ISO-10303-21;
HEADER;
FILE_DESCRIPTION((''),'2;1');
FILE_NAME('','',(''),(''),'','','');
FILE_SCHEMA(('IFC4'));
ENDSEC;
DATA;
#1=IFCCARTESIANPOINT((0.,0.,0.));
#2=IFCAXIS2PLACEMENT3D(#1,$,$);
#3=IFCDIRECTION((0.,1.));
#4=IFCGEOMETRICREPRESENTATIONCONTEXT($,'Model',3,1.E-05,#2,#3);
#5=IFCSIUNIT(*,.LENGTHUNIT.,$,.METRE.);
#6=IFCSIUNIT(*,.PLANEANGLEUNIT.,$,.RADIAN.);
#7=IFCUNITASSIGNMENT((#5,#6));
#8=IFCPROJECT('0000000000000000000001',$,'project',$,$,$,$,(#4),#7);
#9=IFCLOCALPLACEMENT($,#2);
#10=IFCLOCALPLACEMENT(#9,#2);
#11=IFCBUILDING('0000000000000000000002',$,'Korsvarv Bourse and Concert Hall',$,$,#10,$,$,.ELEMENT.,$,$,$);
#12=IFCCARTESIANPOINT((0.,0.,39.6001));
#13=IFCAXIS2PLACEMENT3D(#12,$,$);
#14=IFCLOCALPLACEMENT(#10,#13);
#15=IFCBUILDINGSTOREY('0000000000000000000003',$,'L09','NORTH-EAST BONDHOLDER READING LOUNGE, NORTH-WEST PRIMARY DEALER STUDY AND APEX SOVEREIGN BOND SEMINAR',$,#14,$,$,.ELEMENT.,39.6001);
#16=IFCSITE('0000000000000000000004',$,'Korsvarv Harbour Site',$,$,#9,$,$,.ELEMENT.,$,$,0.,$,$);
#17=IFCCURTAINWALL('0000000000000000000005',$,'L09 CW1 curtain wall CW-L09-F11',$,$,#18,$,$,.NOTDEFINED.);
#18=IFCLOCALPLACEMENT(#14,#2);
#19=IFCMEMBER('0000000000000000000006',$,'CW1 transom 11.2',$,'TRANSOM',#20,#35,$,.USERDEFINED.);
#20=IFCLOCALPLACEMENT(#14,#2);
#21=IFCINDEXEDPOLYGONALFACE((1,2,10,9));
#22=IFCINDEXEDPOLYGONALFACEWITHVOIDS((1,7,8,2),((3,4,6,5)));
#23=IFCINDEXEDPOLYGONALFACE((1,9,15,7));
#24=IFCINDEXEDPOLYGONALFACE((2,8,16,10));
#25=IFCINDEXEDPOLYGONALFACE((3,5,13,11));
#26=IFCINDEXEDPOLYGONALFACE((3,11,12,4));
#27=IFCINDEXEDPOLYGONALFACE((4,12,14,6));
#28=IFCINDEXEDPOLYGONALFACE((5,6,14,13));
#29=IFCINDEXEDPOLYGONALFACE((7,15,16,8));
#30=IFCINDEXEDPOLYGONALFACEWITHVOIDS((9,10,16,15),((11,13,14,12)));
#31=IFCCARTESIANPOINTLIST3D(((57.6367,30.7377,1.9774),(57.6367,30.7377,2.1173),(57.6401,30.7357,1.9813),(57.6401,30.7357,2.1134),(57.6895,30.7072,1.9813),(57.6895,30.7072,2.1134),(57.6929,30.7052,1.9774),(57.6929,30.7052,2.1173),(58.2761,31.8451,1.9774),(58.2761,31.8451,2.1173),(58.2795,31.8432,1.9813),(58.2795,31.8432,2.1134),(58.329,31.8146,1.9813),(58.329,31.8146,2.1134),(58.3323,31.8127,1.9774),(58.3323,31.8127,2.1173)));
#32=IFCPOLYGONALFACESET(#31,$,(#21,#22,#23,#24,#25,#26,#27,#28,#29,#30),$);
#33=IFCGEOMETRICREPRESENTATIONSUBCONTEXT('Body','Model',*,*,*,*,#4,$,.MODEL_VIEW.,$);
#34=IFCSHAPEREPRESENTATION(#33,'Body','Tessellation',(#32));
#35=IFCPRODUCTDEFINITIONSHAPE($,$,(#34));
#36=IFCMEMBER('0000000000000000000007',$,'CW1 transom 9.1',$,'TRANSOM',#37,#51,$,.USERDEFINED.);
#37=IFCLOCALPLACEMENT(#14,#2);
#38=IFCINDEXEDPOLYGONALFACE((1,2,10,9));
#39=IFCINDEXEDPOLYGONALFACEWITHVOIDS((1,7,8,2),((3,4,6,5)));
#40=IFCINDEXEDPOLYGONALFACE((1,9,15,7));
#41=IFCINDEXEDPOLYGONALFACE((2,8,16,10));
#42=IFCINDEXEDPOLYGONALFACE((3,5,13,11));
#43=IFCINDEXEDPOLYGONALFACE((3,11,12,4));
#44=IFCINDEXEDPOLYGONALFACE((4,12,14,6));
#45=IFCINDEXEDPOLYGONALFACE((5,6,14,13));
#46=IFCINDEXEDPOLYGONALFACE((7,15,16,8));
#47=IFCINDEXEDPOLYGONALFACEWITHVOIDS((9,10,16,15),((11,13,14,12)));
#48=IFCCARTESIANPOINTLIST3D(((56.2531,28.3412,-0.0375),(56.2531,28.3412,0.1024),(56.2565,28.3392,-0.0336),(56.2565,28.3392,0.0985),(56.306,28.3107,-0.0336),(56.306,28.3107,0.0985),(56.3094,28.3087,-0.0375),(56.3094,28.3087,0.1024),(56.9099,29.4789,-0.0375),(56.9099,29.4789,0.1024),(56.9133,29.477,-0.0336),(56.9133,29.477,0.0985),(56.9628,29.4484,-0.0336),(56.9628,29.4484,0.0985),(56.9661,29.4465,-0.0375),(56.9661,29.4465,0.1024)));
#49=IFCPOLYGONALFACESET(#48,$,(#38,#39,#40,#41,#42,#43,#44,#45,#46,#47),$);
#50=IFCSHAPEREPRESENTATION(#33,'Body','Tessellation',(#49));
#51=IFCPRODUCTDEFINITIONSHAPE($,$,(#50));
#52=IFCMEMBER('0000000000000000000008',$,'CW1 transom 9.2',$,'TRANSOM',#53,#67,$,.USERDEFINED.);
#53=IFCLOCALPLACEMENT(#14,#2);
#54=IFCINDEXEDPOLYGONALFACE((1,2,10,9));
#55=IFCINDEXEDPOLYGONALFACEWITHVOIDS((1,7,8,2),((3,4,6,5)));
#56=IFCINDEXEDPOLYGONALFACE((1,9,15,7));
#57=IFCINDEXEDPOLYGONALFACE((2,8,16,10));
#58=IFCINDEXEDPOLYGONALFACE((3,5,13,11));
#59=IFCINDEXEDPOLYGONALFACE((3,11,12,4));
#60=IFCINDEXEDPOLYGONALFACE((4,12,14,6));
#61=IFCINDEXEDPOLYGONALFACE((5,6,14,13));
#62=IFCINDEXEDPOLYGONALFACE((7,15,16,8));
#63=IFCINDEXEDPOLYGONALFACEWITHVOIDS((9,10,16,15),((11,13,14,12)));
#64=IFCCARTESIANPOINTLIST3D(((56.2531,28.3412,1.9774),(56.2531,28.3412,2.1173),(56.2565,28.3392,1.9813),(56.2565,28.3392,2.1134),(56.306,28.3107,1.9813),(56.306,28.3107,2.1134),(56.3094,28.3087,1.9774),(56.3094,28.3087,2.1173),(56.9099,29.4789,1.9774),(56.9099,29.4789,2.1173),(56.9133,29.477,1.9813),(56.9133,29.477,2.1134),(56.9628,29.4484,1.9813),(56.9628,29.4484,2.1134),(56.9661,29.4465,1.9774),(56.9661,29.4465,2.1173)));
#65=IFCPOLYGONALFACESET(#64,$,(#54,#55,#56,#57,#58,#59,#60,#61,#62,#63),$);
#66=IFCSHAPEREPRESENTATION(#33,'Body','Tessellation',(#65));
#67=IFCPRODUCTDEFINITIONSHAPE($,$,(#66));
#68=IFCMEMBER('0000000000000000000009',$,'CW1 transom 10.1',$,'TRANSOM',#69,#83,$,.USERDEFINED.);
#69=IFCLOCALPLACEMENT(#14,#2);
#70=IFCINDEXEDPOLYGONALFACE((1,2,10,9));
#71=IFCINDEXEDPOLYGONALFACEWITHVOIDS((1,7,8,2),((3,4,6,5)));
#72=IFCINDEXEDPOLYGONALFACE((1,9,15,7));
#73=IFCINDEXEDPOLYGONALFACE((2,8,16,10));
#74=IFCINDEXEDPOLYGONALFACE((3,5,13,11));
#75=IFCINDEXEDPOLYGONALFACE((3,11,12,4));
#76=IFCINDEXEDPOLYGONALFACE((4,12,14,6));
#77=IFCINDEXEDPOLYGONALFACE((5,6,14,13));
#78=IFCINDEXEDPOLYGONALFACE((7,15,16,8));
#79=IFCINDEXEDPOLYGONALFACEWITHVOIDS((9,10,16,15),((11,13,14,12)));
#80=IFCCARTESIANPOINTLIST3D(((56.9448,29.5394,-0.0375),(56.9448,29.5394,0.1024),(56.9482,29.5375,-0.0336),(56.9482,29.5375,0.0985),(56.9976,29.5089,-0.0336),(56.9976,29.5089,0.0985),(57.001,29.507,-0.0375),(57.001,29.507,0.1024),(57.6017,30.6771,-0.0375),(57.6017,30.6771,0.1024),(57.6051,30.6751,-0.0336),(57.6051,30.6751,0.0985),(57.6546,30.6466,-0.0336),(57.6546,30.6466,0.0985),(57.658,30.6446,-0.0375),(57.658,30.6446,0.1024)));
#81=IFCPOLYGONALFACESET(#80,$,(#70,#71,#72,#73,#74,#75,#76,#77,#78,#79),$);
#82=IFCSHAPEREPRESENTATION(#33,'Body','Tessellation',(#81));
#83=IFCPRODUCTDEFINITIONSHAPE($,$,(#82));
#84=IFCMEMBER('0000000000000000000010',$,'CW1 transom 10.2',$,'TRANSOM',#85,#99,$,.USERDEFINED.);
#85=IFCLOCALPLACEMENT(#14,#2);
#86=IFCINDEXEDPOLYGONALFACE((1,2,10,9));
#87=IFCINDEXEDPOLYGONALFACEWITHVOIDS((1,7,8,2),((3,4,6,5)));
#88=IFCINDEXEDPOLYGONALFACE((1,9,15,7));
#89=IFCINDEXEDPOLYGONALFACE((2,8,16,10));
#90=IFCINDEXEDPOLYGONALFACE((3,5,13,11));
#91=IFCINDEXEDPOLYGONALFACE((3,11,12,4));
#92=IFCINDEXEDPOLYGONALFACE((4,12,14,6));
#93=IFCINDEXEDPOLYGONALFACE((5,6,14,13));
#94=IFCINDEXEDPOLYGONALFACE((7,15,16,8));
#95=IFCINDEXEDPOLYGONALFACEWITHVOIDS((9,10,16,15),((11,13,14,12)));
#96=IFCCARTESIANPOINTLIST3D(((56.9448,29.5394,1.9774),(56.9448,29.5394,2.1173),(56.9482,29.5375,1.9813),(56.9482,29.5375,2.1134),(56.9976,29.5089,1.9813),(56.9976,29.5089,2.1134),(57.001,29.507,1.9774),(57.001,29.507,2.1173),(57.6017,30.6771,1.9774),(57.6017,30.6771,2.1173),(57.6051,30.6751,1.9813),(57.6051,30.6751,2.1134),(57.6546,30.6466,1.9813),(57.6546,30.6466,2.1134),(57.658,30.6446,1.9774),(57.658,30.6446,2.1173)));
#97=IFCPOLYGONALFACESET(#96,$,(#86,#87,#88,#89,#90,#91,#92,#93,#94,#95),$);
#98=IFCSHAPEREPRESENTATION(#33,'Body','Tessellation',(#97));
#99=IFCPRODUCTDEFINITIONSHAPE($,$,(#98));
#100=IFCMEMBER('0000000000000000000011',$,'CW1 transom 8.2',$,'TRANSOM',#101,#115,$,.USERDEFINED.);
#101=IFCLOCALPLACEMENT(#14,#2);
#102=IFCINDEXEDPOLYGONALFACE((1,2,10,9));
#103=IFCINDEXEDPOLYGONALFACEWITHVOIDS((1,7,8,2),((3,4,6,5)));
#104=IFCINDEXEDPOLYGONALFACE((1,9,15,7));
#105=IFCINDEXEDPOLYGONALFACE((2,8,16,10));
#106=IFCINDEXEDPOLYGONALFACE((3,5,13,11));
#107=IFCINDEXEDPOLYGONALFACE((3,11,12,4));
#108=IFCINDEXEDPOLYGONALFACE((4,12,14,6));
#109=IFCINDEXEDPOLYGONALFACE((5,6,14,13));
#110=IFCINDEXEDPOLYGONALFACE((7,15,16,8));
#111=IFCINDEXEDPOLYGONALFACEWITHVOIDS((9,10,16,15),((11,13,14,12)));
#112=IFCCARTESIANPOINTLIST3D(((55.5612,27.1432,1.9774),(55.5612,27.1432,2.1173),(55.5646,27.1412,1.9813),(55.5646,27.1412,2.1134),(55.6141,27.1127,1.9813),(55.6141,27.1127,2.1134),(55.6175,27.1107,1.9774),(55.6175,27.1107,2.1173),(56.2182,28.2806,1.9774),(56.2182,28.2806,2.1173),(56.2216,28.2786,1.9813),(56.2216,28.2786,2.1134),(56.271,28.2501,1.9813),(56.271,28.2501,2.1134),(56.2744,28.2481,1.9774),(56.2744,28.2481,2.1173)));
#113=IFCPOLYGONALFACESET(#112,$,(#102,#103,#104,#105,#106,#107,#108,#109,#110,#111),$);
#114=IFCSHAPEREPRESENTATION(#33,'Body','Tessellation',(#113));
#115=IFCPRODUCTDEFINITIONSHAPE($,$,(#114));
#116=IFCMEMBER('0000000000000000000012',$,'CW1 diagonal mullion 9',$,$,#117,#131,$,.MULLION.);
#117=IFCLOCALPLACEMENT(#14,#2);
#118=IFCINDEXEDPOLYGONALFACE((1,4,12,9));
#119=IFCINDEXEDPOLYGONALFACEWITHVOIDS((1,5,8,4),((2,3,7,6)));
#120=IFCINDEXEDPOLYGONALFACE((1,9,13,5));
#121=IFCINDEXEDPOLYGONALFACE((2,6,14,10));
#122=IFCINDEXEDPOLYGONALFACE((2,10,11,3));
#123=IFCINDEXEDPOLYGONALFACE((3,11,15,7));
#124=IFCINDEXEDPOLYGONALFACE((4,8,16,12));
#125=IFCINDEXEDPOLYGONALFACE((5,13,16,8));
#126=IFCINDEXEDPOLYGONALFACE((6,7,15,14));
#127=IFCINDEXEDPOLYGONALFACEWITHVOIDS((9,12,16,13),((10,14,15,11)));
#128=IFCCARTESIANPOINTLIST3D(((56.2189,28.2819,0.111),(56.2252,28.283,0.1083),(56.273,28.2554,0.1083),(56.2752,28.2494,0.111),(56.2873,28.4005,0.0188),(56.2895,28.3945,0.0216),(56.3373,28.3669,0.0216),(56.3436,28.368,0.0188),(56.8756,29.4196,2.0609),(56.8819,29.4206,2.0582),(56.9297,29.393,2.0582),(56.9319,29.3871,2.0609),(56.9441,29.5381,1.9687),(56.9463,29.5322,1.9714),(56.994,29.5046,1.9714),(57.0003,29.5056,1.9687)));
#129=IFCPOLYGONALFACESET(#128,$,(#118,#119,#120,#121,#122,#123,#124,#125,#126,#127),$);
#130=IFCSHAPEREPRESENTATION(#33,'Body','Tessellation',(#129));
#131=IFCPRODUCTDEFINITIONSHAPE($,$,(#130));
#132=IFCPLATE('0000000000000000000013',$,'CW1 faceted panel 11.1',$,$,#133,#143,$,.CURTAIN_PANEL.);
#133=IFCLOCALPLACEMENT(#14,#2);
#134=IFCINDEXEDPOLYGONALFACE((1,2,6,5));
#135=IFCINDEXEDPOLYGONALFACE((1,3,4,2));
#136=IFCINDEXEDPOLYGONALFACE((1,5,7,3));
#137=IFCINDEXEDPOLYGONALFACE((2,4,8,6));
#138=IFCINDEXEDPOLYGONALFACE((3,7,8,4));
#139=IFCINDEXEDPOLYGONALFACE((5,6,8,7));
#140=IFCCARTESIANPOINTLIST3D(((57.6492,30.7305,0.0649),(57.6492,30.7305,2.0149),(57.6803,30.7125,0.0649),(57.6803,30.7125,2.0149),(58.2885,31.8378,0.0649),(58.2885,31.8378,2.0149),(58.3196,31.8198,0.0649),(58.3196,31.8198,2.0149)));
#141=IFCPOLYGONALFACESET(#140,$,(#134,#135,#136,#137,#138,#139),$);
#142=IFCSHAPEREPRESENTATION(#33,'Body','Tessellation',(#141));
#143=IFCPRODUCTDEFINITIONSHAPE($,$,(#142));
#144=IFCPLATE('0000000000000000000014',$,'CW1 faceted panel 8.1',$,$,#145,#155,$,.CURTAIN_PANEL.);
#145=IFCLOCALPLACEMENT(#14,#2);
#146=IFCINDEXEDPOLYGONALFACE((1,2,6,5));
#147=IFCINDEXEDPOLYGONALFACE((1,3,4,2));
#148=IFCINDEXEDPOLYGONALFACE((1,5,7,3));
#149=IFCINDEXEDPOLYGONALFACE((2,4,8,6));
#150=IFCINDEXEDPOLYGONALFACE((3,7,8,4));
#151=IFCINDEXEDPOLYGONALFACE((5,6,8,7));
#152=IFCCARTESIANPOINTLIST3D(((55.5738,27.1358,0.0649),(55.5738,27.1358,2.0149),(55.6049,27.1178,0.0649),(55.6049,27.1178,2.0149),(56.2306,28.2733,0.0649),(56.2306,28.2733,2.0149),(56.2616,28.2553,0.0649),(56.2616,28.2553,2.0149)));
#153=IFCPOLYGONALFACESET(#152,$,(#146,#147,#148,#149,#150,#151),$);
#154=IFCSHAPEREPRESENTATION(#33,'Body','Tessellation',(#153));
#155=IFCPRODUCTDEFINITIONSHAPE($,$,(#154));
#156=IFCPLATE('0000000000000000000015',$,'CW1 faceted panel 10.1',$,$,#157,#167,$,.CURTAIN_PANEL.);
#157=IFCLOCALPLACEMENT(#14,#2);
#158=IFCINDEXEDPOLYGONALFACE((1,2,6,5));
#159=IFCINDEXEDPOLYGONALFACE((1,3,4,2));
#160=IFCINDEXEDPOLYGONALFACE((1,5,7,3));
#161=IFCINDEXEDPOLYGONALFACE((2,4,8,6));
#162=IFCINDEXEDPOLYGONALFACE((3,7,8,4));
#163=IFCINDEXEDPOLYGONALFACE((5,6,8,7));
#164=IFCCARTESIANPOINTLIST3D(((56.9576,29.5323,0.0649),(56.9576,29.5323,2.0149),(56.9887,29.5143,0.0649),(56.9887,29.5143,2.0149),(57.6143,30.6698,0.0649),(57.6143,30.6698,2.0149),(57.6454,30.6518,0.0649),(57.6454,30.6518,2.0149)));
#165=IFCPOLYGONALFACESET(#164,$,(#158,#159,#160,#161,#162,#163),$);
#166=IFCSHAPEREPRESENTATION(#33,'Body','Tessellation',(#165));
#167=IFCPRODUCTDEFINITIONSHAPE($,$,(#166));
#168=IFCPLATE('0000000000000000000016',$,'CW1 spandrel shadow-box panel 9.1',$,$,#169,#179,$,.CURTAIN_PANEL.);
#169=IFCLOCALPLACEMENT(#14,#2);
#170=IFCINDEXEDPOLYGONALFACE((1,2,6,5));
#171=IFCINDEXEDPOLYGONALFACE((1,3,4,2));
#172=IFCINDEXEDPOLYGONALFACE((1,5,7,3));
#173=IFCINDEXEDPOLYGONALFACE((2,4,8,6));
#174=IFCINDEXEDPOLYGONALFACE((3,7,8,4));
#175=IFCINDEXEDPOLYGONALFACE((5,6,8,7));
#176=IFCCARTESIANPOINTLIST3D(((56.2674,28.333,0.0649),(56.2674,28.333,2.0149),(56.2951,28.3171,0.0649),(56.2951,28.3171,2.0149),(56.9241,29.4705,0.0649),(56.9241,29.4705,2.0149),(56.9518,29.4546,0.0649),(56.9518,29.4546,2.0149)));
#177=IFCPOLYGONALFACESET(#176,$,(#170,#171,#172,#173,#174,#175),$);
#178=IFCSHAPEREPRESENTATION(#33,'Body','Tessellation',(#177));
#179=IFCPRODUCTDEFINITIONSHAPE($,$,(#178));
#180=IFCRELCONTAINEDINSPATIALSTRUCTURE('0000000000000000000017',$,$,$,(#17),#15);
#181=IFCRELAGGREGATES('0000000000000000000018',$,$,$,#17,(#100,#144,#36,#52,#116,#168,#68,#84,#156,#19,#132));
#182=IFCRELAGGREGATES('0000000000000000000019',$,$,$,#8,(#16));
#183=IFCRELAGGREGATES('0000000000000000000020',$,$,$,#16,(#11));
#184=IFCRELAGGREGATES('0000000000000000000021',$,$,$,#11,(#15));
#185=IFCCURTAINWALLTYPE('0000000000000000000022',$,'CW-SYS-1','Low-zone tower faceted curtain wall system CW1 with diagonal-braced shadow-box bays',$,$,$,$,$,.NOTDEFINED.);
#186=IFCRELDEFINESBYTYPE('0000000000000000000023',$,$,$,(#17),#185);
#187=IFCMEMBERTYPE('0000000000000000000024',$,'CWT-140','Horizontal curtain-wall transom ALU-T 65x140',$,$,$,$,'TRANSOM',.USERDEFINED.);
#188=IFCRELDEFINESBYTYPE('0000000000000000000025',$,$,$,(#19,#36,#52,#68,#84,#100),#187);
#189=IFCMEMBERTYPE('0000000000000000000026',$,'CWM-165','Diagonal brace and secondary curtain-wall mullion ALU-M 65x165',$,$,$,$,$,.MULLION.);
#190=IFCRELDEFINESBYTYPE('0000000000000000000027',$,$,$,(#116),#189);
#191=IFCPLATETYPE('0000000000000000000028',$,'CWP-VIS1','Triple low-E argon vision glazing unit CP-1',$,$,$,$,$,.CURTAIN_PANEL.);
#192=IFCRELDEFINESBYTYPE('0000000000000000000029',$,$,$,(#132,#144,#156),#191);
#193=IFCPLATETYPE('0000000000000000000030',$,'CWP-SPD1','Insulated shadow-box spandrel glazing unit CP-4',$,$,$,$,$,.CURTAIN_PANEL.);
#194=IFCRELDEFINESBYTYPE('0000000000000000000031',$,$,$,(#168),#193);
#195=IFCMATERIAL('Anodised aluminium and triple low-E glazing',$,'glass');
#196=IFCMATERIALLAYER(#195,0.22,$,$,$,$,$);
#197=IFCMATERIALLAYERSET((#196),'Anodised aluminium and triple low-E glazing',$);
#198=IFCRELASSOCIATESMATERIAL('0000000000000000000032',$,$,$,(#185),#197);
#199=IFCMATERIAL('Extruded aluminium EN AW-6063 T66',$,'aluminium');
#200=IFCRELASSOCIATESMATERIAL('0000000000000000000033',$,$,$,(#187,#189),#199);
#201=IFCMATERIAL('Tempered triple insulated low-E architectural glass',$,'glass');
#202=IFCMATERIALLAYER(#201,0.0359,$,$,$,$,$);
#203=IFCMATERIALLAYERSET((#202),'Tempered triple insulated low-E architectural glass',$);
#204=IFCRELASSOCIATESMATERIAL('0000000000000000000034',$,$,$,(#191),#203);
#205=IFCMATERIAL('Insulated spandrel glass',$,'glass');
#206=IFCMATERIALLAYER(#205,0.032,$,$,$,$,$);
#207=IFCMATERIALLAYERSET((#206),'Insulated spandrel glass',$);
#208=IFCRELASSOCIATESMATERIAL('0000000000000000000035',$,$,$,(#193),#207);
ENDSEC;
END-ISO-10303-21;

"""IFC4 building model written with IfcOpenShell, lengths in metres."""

from ifc_helpers import new_model, si_unit, direction, frame, origin, origin_2d, place, context, subcontext, project, spatial, rectangle, hollow_rectangle, extrude, source, transform, mapped, material, layer, layer_set, material_profile, profile_set, type_object, element, aggregate, save


model = new_model("IFC4")

# Units and contexts
model_context = context("Model", 3, precision=1e-05, world=origin(), true_north=direction((0.0, 1.0)))
body_context = subcontext(model_context, "Body", "Model", "MODEL_VIEW")
ifc_project = project(units=[si_unit("LENGTHUNIT", "METRE"), si_unit("PLANEANGLEUNIT", "RADIAN")], contexts=[model_context])

# Site, building, storey
site_placement = place(None, origin())
site = spatial("IfcSite", under=ifc_project, at=site_placement, Name="Korsvarv Harbour Site", CompositionType="ELEMENT", RefElevation=0.0)
building_placement = place(site_placement, origin())
building = spatial("IfcBuilding", under=site, at=building_placement, Name="Korsvarv Bourse and Concert Hall", CompositionType="ELEMENT")
storey_placement = place(building_placement, frame((0.0, 0.0, 39.6001)))
storey = spatial("IfcBuildingStorey", under=building, at=storey_placement, Name="L09", Description="NORTH-EAST BONDHOLDER READING LOUNGE, NORTH-WEST PRIMARY DEALER STUDY AND APEX SOVEREIGN BOND SEMINAR", CompositionType="ELEMENT", Elevation=39.6001)

# Curtain wall, members, plates
ifc_material_1 = material(Name="Anodised aluminium and triple low-E glazing", Category="glass")
ifc_layer_1 = layer(ifc_material_1, 0.22)
ifc_layer_set_1 = layer_set([ifc_layer_1], Name="Anodised aluminium and triple low-E glazing")
curtain_wall_type = type_object("IfcCurtainWallType", Name="CW-SYS-1", Description="Low-zone tower faceted curtain wall system CW1 with diagonal-braced shadow-box bays", PredefinedType="NOTDEFINED", material=ifc_layer_set_1)
curtain_wall_placement = place(storey_placement, origin())
curtain_wall = element("IfcCurtainWall", 1, at=curtain_wall_placement, inside=storey, type_object=curtain_wall_type, Name="L09 CW1 curtain wall CW-L09-F11", PredefinedType="NOTDEFINED")
ifc_material_2 = material(Name="Extruded aluminium EN AW-6063 T66", Category="aluminium")
ifc_material_profile_1 = material_profile(ifc_material_2, hollow_rectangle(XDim=0.0649, YDim=0.1399, WallThickness=0.0039, at=origin_2d()), Name="ALU-T 65x140")
ifc_profile_set_1 = profile_set([ifc_material_profile_1], Name="Extruded aluminium EN AW-6063 T66")
member_type_1 = type_object("IfcMemberType", Name="CWT-140", Description="Horizontal curtain-wall transom ALU-T 65x140", ElementType="TRANSOM", PredefinedType="USERDEFINED", material=ifc_profile_set_1)
shared_shape_1 = source(origin(), body_context, "Body", "SweptSolid", [
    extrude(hollow_rectangle(XDim=0.0649, YDim=0.1399, WallThickness=0.0039, at=origin_2d()), origin(), (0.0, 0.0, 1.0), 1.2788),
])
member_1_placement = place(storey_placement, frame((57.6648, 30.7214, 2.0474), z_axis=(0.50002, 0.866014, 0.0), x_axis=(-0.866014, 0.50002, 0.0)))
member_1 = element("IfcMember", 2, at=member_1_placement, type_object=member_type_1, Name="CW1 transom 11.2", ObjectType="TRANSOM", PredefinedType="USERDEFINED", context=body_context, shape_type="MappedRepresentation", body=[
    mapped(shared_shape_1, transform((0.0, 0.0, 0.0), scale=1.0)),
])
shared_shape_2 = source(origin(), body_context, "Body", "SweptSolid", [
    extrude(hollow_rectangle(XDim=0.0649, YDim=0.1399, WallThickness=0.0039, at=origin_2d()), origin(), (0.0, 0.0, 1.0), 1.3137),
])
member_2_placement = place(storey_placement, frame((56.2812, 28.325, 0.0325), z_axis=(0.499937, 0.866062, 0.0), x_axis=(-0.866062, 0.499937, 0.0)))
member_2 = element("IfcMember", 3, at=member_2_placement, type_object=member_type_1, Name="CW1 transom 9.1", ObjectType="TRANSOM", PredefinedType="USERDEFINED", context=body_context, shape_type="MappedRepresentation", body=[
    mapped(shared_shape_2, transform((0.0, 0.0, 0.0), scale=1.0)),
])
member_3_placement = place(storey_placement, frame((56.2812, 28.325, 2.0474), z_axis=(0.499937, 0.866062, 0.0), x_axis=(-0.866062, 0.499937, 0.0)))
member_3 = element("IfcMember", 4, at=member_3_placement, type_object=member_type_1, Name="CW1 transom 9.2", ObjectType="TRANSOM", PredefinedType="USERDEFINED", context=body_context, shape_type="MappedRepresentation", body=[
    mapped(shared_shape_2, transform((0.0, 0.0, 0.0), scale=1.0)),
])
member_4_placement = place(storey_placement, frame((56.9729, 29.5232, 0.0325), z_axis=(0.500076, 0.865981, 0.0), x_axis=(-0.865981, 0.500076, 0.0)))
member_4 = element("IfcMember", 5, at=member_4_placement, type_object=member_type_1, Name="CW1 transom 10.1", ObjectType="TRANSOM", PredefinedType="USERDEFINED", context=body_context, shape_type="MappedRepresentation", body=[
    mapped(shared_shape_2, transform((0.0, 0.0, 0.0), scale=1.0)),
])
member_5_placement = place(storey_placement, frame((56.9729, 29.5232, 2.0474), z_axis=(0.500076, 0.865981, 0.0), x_axis=(-0.865981, 0.500076, 0.0)))
member_5 = element("IfcMember", 6, at=member_5_placement, type_object=member_type_1, Name="CW1 transom 10.2", ObjectType="TRANSOM", PredefinedType="USERDEFINED", context=body_context, shape_type="MappedRepresentation", body=[
    mapped(shared_shape_2, transform((0.0, 0.0, 0.0), scale=1.0)),
])
shared_shape_3 = source(origin(), body_context, "Body", "SweptSolid", [
    extrude(hollow_rectangle(XDim=0.0649, YDim=0.1399, WallThickness=0.0039, at=origin_2d()), origin(), (0.0, 0.0, 1.0), 1.3135),
])
member_6_placement = place(storey_placement, frame((55.5894, 27.127, 2.0474), z_axis=(0.500157, 0.865935, 0.0), x_axis=(-0.865935, 0.500157, 0.0)))
member_6 = element("IfcMember", 7, at=member_6_placement, type_object=member_type_1, Name="CW1 transom 8.2", ObjectType="TRANSOM", PredefinedType="USERDEFINED", context=body_context, shape_type="MappedRepresentation", body=[
    mapped(shared_shape_3, transform((0.0, 0.0, 0.0), scale=1.0)),
])
ifc_material_profile_2 = material_profile(ifc_material_2, hollow_rectangle(XDim=0.0649, YDim=0.165, WallThickness=0.0049, at=origin_2d()), Name="ALU-M 65x165")
ifc_profile_set_2 = profile_set([ifc_material_profile_2], Name="Extruded aluminium EN AW-6063 T66")
member_type_2 = type_object("IfcMemberType", Name="CWM-165", Description="Diagonal brace and secondary curtain-wall mullion ALU-M 65x165", PredefinedType="MULLION", material=ifc_profile_set_2)
shared_shape_4 = source(origin(), body_context, "Body", "SweptSolid", [
    extrude(hollow_rectangle(XDim=0.0649, YDim=0.165, WallThickness=0.0049, at=origin_2d()), origin(), (0.0, 0.0, 1.0), 2.3511),
])
member_7_placement = place(storey_placement, frame((56.2812, 28.325, 0.0649), z_axis=(0.279325, 0.483886, 0.829356), x_axis=(-0.866062, 0.499937, 0.0)))
member_7 = element("IfcMember", 8, at=member_7_placement, type_object=member_type_2, Name="CW1 diagonal mullion 9", PredefinedType="MULLION", context=body_context, shape_type="MappedRepresentation", body=[
    mapped(shared_shape_4, transform((0.0, 0.0, 0.0), scale=1.0)),
])
ifc_material_3 = material(Name="Tempered triple insulated low-E architectural glass", Category="glass")
ifc_layer_2 = layer(ifc_material_3, 0.0359)
ifc_layer_set_2 = layer_set([ifc_layer_2], Name="Tempered triple insulated low-E architectural glass")
plate_type_1 = type_object("IfcPlateType", Name="CWP-VIS1", Description="Triple low-E argon vision glazing unit CP-1", PredefinedType="CURTAIN_PANEL", material=ifc_layer_set_2)
shared_shape_5 = source(origin(), body_context, "Body", "SweptSolid", [
    extrude(rectangle(XDim=1.2786, YDim=0.0359, at=origin_2d()), origin(), (0.0, 0.0, 1.0), 1.95),
])
plate_1_placement = place(storey_placement, frame((57.9844, 31.2751, 0.0649), z_axis=(0.0, 0.0, 1.0), x_axis=(0.5, 0.866026, 0.0)))
plate_1 = element("IfcPlate", 9, at=plate_1_placement, type_object=plate_type_1, Name="CW1 faceted panel 11.1", PredefinedType="CURTAIN_PANEL", context=body_context, shape_type="MappedRepresentation", body=[
    mapped(shared_shape_5, transform((0.0, 0.0, 0.0), scale=1.0)),
])
shared_shape_6 = source(origin(), body_context, "Body", "SweptSolid", [
    extrude(rectangle(XDim=1.3135, YDim=0.0359, at=origin_2d()), origin(), (0.0, 0.0, 1.0), 1.95),
])
plate_2_placement = place(storey_placement, frame((55.9177, 27.6956, 0.0649), z_axis=(0.0, 0.0, 1.0), x_axis=(0.5, 0.866026, 0.0)))
plate_2 = element("IfcPlate", 10, at=plate_2_placement, type_object=plate_type_1, Name="CW1 faceted panel 8.1", PredefinedType="CURTAIN_PANEL", context=body_context, shape_type="MappedRepresentation", body=[
    mapped(shared_shape_6, transform((0.0, 0.0, 0.0), scale=1.0)),
])
plate_3_placement = place(storey_placement, frame((57.3015, 30.092, 0.0649), z_axis=(0.0, 0.0, 1.0), x_axis=(0.5, 0.866026, 0.0)))
plate_3 = element("IfcPlate", 11, at=plate_3_placement, type_object=plate_type_1, Name="CW1 faceted panel 10.1", PredefinedType="CURTAIN_PANEL", context=body_context, shape_type="MappedRepresentation", body=[
    mapped(shared_shape_6, transform((0.0, 0.0, 0.0), scale=1.0)),
])
ifc_material_4 = material(Name="Insulated spandrel glass", Category="glass")
ifc_layer_3 = layer(ifc_material_4, 0.032)
ifc_layer_set_3 = layer_set([ifc_layer_3], Name="Insulated spandrel glass")
plate_type_2 = type_object("IfcPlateType", Name="CWP-SPD1", Description="Insulated shadow-box spandrel glazing unit CP-4", PredefinedType="CURTAIN_PANEL", material=ifc_layer_set_3)
shared_shape_7 = source(origin(), body_context, "Body", "SweptSolid", [
    extrude(rectangle(XDim=1.3135, YDim=0.032, at=origin_2d()), origin(), (0.0, 0.0, 1.0), 1.95),
])
plate_4_placement = place(storey_placement, frame((56.6096, 28.8938, 0.0649), z_axis=(0.0, 0.0, 1.0), x_axis=(0.5, 0.866026, 0.0)))
plate_4 = element("IfcPlate", 12, at=plate_4_placement, type_object=plate_type_2, Name="CW1 spandrel shadow-box panel 9.1", PredefinedType="CURTAIN_PANEL", context=body_context, shape_type="MappedRepresentation", body=[
    mapped(shared_shape_7, transform((0.0, 0.0, 0.0), scale=1.0)),
])
aggregate(curtain_wall, [member_6, plate_2, member_2, member_3, member_7, plate_4, member_4, member_5, plate_3, member_1, plate_1])

save(model, "model.ifc")
